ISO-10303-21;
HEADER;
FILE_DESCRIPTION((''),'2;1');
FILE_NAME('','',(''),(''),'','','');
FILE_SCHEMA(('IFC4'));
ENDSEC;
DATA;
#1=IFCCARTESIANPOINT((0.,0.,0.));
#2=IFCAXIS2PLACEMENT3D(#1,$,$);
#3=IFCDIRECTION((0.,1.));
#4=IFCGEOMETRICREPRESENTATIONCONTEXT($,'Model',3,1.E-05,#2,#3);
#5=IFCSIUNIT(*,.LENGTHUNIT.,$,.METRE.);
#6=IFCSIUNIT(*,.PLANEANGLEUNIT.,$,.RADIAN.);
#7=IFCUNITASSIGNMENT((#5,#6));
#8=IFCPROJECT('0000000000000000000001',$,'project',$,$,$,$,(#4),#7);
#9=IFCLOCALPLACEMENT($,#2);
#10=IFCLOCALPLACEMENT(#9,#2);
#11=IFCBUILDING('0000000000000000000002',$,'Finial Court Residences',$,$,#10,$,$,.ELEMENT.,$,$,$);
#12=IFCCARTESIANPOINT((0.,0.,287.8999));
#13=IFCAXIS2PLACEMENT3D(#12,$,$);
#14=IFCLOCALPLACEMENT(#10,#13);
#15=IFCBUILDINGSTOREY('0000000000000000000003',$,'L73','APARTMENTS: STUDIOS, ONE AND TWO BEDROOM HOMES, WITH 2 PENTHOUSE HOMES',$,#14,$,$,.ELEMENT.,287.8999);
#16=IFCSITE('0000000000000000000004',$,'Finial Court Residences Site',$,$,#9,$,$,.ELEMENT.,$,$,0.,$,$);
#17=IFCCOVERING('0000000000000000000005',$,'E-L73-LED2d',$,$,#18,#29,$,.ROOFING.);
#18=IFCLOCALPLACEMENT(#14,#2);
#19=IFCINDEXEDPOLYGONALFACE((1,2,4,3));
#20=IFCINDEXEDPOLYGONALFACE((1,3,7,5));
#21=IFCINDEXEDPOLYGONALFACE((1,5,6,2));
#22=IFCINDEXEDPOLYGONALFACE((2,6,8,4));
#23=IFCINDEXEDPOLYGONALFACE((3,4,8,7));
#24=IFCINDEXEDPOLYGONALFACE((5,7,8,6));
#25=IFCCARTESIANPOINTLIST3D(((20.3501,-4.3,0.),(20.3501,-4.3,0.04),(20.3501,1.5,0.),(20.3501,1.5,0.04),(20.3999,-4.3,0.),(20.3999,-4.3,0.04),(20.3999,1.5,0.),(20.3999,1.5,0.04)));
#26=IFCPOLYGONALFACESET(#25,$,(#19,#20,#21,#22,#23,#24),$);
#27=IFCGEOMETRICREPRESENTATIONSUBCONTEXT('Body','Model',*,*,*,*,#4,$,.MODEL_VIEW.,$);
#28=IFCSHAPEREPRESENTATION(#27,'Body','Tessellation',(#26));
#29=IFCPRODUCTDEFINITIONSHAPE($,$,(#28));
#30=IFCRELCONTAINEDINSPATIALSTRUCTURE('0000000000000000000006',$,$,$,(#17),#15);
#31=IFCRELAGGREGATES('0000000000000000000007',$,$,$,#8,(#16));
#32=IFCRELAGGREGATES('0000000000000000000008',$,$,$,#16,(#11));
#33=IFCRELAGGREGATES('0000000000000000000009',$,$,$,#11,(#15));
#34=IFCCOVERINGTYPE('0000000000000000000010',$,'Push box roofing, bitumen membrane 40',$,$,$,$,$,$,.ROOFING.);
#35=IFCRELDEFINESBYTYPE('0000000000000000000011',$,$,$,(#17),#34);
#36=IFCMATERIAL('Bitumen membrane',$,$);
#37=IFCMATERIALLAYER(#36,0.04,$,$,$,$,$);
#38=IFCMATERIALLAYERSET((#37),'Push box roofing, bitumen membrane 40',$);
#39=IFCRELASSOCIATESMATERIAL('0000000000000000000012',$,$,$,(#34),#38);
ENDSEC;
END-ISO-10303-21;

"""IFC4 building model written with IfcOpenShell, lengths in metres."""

from ifc_helpers import new_model, si_unit, direction, frame, origin, place, context, subcontext, project, spatial, polyline, outline, extrude, material, layer, layer_set, type_object, element, save


model = new_model("IFC4")

# Units and contexts
model_context = context("Model", 3, precision=1e-05, world=origin(), true_north=direction((0.0, 1.0)))
body_context = subcontext(model_context, "Body", "Model", "MODEL_VIEW")
ifc_project = project(units=[si_unit("LENGTHUNIT", "METRE"), si_unit("PLANEANGLEUNIT", "RADIAN")], contexts=[model_context])

# Site, building, storey
site_placement = place(None, origin())
site = spatial("IfcSite", under=ifc_project, at=site_placement, Name="Finial Court Residences Site", CompositionType="ELEMENT", RefElevation=0.0)
building_placement = place(site_placement, origin())
building = spatial("IfcBuilding", under=site, at=building_placement, Name="Finial Court Residences", CompositionType="ELEMENT")
storey_placement = place(building_placement, frame((0.0, 0.0, 287.8999)))
storey = spatial("IfcBuildingStorey", under=building, at=storey_placement, Name="L73", Description="APARTMENTS: STUDIOS, ONE AND TWO BEDROOM HOMES, WITH 2 PENTHOUSE HOMES", CompositionType="ELEMENT", Elevation=287.8999)

# Covering
ifc_material_1 = material(Name="Bitumen membrane")
ifc_layer_1 = layer(ifc_material_1, 0.04)
ifc_layer_set_1 = layer_set([ifc_layer_1], Name="Push box roofing, bitumen membrane 40")
covering_type_1 = type_object("IfcCoveringType", Name="Push box roofing, bitumen membrane 40", PredefinedType="ROOFING", material=ifc_layer_set_1)
covering_1_placement = place(storey_placement, origin())
element("IfcCovering", 1, at=covering_1_placement, inside=storey, type_object=covering_type_1, Name="E-L73-LED2d", PredefinedType="ROOFING", context=body_context, shape_type="SweptSolid", body=[
    extrude(outline(polyline([(20.3999, 1.5), (20.3999, -4.3), (20.3501, -4.3), (20.3501, 1.5), (20.3999, 1.5)])), origin(), (0.0, 0.0, 1.0), 0.04),
])

save(model, "model.ifc")
